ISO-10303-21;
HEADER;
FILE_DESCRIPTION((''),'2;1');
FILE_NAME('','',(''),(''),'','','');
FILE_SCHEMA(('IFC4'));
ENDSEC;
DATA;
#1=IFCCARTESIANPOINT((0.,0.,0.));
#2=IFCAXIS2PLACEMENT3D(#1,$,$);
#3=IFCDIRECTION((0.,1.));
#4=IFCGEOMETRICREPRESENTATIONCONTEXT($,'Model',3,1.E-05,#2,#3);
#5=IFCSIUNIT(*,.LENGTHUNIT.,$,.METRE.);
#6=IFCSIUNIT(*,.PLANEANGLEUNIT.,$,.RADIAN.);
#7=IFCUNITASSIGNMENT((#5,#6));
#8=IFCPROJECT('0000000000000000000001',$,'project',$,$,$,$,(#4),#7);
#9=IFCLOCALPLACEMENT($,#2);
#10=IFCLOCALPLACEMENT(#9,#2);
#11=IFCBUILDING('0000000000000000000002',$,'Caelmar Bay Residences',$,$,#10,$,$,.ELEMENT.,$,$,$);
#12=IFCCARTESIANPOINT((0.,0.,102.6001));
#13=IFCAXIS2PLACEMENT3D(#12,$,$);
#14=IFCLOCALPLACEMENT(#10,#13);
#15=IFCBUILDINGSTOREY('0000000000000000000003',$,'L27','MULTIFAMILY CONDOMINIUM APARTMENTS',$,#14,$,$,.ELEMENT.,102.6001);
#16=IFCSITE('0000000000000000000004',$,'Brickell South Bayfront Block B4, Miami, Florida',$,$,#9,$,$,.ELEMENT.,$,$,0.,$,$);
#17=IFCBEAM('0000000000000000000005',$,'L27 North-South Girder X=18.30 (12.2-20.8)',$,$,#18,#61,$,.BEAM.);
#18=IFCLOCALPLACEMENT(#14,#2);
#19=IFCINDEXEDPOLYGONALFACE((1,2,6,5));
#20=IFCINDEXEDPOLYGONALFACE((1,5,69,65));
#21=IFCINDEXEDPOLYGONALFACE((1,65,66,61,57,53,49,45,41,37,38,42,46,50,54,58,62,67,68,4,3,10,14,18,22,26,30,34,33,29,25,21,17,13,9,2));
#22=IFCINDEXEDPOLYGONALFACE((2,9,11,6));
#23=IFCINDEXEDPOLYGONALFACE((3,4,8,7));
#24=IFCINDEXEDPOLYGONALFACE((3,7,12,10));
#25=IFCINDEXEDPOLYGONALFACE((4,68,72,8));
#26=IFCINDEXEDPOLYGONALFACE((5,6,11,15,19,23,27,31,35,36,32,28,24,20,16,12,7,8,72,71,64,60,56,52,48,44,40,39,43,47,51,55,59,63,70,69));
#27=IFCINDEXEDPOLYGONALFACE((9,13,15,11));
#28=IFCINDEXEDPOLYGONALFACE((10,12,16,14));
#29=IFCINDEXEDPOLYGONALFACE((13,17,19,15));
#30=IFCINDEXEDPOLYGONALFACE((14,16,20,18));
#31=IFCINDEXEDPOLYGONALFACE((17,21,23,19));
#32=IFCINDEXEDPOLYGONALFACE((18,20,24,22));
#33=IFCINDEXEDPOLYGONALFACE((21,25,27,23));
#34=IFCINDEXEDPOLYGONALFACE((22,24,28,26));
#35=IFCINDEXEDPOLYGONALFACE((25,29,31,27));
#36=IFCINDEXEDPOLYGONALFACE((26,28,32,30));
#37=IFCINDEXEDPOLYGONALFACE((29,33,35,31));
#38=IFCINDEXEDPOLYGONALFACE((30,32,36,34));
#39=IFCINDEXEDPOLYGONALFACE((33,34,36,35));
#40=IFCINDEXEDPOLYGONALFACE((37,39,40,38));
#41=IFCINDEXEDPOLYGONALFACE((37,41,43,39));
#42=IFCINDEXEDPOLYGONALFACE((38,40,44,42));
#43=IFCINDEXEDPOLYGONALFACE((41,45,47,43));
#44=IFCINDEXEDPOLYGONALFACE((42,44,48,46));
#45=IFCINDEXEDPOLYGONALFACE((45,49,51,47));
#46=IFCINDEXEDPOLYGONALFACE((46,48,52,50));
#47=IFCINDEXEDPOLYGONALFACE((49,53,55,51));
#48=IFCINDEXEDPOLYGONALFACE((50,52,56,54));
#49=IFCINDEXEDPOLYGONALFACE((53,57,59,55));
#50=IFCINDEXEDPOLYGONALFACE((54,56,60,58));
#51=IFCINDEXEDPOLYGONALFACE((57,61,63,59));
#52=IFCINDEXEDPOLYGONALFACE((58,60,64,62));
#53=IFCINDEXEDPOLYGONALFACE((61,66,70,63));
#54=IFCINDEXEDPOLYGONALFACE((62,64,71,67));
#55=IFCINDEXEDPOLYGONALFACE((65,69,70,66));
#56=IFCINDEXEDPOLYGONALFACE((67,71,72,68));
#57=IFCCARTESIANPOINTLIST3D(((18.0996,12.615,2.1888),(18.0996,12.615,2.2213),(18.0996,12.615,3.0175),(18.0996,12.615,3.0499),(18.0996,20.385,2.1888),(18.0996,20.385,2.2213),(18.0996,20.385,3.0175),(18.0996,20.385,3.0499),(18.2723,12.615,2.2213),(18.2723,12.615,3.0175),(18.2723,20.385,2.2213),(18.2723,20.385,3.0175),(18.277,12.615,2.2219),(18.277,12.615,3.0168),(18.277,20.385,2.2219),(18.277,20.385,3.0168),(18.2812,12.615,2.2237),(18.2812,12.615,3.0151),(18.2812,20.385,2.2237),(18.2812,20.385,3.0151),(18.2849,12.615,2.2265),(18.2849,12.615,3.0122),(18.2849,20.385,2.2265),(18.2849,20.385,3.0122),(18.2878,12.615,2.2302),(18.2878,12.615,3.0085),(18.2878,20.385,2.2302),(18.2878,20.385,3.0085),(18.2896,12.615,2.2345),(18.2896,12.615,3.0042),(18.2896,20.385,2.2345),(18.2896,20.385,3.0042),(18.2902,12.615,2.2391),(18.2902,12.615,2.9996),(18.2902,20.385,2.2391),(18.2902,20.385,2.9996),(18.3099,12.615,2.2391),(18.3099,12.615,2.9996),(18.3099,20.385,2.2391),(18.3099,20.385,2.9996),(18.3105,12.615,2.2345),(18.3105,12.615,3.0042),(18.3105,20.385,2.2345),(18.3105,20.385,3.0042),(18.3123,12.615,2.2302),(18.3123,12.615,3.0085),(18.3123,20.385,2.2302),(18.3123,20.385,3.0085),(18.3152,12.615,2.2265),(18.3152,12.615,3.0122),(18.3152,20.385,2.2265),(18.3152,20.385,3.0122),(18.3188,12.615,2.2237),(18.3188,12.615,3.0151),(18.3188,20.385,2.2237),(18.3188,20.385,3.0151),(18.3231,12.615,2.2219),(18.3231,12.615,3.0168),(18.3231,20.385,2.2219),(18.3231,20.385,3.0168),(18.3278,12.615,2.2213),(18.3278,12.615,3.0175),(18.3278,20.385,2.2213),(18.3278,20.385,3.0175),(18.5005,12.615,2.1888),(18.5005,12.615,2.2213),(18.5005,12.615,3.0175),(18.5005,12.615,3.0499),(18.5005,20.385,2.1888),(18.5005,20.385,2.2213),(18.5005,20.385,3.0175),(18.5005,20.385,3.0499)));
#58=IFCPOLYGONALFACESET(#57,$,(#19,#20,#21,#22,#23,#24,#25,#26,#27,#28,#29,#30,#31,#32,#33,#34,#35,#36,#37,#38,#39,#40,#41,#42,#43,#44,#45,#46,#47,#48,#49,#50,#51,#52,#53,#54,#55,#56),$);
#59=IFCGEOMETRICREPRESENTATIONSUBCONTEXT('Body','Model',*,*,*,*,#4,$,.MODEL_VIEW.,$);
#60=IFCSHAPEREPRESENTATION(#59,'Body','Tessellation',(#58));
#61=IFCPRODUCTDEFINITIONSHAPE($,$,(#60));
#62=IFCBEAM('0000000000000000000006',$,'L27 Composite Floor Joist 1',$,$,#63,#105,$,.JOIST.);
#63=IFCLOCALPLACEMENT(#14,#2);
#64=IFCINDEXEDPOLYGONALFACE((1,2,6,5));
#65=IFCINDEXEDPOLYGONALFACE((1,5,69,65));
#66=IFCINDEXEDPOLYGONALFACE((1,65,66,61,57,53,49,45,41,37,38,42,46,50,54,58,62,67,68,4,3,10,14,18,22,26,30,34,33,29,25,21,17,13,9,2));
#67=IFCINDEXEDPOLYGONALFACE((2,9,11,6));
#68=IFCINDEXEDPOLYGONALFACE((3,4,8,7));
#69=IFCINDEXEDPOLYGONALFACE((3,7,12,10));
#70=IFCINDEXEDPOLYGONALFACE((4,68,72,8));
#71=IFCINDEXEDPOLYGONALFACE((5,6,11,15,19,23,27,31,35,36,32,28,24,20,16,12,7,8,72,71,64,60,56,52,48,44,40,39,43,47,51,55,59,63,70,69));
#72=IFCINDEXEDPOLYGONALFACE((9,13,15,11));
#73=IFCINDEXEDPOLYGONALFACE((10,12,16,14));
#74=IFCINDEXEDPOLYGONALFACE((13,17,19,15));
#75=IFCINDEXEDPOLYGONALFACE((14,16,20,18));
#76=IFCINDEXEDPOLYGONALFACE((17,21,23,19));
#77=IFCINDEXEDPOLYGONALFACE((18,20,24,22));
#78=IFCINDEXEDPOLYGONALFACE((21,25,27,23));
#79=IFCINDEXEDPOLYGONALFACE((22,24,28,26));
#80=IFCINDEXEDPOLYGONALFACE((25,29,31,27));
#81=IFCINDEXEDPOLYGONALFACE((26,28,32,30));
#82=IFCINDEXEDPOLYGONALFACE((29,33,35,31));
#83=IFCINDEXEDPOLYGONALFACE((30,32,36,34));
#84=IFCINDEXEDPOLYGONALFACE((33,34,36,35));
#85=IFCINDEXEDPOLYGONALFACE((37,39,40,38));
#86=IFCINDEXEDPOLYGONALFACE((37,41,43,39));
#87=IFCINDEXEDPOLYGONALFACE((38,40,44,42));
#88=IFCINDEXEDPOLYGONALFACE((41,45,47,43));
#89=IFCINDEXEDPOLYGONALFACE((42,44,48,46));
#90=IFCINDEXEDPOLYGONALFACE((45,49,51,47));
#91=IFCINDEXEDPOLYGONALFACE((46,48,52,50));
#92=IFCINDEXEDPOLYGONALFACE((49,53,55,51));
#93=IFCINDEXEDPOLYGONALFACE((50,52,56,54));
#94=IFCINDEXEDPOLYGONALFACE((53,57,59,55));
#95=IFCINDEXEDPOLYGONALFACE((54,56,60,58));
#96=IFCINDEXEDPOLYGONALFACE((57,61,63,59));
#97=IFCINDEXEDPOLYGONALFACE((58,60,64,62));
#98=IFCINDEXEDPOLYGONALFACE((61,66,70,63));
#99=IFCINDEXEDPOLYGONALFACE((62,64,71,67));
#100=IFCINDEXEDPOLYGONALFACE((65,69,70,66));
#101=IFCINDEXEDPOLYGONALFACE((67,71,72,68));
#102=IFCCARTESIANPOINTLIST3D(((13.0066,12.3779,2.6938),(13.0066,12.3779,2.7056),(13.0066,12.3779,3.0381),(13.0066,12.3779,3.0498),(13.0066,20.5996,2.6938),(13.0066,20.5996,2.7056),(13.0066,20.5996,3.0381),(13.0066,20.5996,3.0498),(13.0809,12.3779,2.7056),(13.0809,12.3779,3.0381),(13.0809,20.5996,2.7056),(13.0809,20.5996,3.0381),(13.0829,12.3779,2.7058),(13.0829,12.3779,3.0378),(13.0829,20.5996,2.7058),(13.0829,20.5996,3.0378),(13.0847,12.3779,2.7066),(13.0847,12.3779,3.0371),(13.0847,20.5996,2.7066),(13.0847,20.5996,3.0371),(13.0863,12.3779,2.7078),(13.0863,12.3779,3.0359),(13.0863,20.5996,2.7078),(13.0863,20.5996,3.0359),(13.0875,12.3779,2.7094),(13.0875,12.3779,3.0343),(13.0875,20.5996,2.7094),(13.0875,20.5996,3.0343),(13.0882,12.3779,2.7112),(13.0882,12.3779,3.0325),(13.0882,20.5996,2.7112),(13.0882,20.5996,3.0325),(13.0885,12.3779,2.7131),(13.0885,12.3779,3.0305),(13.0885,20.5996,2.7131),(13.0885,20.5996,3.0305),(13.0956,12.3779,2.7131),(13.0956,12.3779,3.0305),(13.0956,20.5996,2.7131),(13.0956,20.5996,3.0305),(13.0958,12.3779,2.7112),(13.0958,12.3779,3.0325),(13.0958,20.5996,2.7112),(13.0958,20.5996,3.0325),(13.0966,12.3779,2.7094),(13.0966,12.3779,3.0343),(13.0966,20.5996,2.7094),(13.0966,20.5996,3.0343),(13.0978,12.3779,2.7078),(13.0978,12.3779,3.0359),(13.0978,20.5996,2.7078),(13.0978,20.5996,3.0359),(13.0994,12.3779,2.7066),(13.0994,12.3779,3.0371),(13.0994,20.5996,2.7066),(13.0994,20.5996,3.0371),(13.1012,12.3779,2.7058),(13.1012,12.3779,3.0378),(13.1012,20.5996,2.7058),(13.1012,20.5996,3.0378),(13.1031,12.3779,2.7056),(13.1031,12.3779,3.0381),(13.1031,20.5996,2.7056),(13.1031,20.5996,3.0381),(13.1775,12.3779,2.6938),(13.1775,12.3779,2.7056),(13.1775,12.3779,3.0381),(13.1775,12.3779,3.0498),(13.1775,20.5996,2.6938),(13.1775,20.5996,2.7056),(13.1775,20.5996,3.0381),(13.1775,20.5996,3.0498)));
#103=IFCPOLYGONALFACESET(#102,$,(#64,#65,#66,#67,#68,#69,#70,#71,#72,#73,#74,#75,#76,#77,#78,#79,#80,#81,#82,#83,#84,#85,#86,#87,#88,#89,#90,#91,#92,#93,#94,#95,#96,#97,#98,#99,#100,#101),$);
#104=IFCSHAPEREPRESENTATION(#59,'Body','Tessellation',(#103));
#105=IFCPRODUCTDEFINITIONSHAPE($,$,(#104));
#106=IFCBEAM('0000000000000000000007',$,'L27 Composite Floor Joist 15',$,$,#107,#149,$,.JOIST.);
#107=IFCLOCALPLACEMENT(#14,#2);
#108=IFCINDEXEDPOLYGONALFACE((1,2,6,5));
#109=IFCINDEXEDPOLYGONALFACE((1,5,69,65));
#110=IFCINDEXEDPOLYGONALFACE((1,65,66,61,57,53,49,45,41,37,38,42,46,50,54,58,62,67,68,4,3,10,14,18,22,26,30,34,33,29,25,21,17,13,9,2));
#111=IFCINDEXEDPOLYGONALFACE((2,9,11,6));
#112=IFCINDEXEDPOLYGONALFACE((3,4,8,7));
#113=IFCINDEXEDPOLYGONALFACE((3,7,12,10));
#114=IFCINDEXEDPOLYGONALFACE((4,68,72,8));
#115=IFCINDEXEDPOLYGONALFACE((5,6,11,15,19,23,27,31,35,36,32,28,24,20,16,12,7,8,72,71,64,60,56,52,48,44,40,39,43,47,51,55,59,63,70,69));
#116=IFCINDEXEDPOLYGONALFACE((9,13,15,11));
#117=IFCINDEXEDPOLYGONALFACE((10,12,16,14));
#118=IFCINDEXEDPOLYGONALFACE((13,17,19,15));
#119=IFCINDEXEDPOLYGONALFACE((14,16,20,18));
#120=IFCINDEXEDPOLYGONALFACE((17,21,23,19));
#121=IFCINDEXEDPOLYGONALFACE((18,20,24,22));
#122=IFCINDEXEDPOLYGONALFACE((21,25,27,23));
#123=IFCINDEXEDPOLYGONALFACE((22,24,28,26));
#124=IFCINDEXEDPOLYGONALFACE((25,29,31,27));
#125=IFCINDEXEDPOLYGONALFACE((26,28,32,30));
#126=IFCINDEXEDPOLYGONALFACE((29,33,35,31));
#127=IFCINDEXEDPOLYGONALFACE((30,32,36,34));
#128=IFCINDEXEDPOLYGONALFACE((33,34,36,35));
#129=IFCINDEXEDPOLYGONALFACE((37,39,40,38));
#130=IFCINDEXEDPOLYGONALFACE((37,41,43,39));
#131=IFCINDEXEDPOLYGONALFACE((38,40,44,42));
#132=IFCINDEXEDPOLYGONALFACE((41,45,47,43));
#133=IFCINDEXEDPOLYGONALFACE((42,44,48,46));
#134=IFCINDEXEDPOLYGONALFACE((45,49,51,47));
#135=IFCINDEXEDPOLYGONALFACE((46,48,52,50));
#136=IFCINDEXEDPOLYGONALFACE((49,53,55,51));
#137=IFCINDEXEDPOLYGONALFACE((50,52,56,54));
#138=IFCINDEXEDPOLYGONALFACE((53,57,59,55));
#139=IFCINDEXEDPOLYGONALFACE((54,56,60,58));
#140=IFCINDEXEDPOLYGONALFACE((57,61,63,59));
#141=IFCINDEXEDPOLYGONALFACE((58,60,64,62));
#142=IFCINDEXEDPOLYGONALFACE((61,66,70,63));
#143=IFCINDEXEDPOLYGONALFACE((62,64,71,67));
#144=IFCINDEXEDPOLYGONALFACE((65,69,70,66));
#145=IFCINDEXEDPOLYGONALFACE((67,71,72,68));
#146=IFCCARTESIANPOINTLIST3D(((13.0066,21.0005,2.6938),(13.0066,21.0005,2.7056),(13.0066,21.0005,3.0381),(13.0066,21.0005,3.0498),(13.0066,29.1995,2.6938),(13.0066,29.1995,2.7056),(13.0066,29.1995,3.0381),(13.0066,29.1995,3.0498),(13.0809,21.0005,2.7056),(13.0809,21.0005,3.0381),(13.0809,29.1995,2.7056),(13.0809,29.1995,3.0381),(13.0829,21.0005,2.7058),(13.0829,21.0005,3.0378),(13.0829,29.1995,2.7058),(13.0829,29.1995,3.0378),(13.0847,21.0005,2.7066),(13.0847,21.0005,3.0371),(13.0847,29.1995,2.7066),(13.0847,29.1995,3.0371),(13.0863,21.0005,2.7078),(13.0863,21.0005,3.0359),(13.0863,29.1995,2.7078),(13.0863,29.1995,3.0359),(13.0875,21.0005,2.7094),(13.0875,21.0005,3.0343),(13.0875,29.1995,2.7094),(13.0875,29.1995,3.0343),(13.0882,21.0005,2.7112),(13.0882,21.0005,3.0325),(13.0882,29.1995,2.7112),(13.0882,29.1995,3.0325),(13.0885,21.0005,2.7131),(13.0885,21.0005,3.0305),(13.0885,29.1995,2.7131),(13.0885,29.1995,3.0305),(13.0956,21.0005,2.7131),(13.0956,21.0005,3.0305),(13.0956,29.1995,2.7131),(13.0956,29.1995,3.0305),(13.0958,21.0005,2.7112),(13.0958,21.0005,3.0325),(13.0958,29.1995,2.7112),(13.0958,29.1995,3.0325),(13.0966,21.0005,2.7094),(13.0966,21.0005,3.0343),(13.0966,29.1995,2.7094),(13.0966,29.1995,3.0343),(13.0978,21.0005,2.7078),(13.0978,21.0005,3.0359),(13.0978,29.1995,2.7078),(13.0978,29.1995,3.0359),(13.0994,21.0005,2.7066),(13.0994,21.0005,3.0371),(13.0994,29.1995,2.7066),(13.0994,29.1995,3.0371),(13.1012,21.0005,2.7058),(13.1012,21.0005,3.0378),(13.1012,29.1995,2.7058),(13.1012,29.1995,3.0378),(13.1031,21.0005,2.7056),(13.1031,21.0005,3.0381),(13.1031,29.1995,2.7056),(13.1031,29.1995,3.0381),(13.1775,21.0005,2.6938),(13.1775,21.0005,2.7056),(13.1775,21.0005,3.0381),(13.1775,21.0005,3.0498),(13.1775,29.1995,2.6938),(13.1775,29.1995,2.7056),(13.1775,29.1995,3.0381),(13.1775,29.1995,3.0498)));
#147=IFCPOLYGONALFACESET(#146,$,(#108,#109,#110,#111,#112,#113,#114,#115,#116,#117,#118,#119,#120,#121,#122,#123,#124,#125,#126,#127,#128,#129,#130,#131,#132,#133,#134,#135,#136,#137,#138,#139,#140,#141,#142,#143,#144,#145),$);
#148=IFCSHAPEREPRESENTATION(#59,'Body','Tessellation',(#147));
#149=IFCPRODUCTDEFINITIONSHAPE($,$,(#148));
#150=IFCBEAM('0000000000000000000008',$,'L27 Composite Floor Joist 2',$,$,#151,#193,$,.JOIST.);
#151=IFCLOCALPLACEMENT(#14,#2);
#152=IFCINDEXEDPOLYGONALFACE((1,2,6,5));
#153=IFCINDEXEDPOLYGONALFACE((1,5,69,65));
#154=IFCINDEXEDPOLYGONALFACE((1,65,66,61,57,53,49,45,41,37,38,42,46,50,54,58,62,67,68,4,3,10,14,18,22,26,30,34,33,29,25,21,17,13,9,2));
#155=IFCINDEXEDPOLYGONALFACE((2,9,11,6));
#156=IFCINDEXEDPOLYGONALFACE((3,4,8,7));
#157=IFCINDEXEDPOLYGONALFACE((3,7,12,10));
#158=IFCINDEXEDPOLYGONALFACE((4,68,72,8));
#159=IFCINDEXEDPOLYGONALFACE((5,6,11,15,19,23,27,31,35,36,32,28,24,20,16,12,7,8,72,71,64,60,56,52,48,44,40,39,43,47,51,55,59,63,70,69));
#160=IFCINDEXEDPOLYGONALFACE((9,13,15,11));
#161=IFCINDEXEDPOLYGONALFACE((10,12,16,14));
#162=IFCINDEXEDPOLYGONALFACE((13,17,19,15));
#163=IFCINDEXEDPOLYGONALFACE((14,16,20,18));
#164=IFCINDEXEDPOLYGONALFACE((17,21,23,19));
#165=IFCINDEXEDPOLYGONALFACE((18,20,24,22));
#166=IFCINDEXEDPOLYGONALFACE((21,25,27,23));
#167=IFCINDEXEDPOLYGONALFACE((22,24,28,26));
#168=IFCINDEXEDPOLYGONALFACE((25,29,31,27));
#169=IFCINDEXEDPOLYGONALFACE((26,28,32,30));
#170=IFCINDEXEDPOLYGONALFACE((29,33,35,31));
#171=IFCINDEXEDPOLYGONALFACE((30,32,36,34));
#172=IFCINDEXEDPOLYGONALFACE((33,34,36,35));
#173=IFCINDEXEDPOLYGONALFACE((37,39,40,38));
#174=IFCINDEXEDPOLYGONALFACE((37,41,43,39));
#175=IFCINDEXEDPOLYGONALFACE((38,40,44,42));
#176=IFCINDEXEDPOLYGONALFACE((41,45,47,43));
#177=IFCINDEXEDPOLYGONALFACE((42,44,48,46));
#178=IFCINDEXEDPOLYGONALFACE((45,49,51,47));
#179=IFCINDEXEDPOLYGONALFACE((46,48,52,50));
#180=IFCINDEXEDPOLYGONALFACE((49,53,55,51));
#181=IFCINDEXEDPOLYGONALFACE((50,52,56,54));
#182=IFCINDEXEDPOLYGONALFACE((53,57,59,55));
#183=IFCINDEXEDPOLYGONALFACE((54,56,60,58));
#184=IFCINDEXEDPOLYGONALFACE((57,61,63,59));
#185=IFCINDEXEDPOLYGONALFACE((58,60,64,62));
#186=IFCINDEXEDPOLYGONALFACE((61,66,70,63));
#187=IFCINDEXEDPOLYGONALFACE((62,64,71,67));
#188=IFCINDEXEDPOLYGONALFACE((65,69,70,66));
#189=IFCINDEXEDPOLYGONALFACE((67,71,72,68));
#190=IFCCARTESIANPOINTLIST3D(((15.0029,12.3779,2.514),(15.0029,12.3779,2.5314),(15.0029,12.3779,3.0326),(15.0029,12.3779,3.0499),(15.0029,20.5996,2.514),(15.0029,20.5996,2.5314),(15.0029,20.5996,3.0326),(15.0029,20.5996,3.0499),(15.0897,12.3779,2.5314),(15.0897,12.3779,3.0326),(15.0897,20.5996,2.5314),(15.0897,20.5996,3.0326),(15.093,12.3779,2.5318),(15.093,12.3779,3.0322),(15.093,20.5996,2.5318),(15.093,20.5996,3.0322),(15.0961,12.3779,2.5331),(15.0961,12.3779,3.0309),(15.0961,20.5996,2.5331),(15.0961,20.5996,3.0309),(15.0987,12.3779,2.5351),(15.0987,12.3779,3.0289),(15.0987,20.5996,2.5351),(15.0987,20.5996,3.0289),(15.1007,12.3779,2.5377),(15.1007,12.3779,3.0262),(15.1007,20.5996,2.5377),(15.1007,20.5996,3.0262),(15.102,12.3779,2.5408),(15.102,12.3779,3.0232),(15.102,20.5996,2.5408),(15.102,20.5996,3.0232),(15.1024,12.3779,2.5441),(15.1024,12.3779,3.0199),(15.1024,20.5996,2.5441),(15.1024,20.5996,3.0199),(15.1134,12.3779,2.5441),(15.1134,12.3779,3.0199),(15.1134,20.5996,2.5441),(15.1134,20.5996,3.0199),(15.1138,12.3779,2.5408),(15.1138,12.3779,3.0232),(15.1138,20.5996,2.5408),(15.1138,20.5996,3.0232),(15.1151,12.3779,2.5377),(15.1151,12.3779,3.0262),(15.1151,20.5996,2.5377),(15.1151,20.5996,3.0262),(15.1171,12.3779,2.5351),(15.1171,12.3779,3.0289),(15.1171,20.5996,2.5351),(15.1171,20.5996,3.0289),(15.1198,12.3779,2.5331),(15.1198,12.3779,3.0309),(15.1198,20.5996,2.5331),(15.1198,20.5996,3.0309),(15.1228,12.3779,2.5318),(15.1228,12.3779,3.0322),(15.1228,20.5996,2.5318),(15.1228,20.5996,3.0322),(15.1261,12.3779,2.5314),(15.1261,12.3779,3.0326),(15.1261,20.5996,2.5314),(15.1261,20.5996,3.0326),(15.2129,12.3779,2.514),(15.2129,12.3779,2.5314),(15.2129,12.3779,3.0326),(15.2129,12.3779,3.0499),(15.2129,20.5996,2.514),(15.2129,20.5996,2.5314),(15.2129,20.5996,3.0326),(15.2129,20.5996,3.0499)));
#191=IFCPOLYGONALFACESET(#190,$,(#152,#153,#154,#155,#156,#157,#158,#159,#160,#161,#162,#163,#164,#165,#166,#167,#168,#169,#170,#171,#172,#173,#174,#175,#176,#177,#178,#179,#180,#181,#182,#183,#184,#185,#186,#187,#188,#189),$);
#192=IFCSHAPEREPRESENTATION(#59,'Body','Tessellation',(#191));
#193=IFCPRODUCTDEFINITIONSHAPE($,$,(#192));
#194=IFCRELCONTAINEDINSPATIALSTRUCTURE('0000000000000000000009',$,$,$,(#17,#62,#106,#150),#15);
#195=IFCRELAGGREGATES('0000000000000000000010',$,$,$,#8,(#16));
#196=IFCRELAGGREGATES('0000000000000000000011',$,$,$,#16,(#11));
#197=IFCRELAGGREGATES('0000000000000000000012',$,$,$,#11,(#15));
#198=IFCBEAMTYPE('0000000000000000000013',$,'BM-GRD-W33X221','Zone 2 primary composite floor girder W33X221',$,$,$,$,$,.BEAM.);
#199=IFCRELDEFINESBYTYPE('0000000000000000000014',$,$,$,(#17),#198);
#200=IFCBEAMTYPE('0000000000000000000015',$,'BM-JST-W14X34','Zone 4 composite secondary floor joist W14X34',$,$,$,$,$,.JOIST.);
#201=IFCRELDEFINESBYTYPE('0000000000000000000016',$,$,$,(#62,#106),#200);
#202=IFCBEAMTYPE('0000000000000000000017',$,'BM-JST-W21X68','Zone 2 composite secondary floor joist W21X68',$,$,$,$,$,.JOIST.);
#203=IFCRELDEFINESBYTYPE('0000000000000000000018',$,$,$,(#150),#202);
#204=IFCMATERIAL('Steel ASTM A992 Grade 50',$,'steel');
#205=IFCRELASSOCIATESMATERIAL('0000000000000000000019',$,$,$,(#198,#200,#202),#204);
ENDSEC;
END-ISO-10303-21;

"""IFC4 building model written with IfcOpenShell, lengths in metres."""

from ifc_helpers import new_model, si_unit, direction, frame, origin, origin_2d, place, context, subcontext, project, spatial, i_section, extrude, material, material_profile, profile_set, type_object, element, save


model = new_model("IFC4")

# Units and contexts
model_context = context("Model", 3, precision=1e-05, world=origin(), true_north=direction((0.0, 1.0)))
body_context = subcontext(model_context, "Body", "Model", "MODEL_VIEW")
ifc_project = project(units=[si_unit("LENGTHUNIT", "METRE"), si_unit("PLANEANGLEUNIT", "RADIAN")], contexts=[model_context])

# Site, building, storey
site_placement = place(None, origin())
site = spatial("IfcSite", under=ifc_project, at=site_placement, Name="Brickell South Bayfront Block B4, Miami, Florida", CompositionType="ELEMENT", RefElevation=0.0)
building_placement = place(site_placement, origin())
building = spatial("IfcBuilding", under=site, at=building_placement, Name="Caelmar Bay Residences", CompositionType="ELEMENT")
storey_placement = place(building_placement, frame((0.0, 0.0, 102.6001)))
storey = spatial("IfcBuildingStorey", under=building, at=storey_placement, Name="L27", Description="MULTIFAMILY CONDOMINIUM APARTMENTS", CompositionType="ELEMENT", Elevation=102.6001)

# Beams
ifc_material_1 = material(Name="Steel ASTM A992 Grade 50", Category="steel")
ifc_material_profile_1 = material_profile(ifc_material_1, i_section(OverallWidth=0.4009, OverallDepth=0.8611, WebThickness=0.0198, FlangeThickness=0.0325, FilletRadius=0.0178, at=origin_2d()), Name="W33X221")
ifc_profile_set_1 = profile_set([ifc_material_profile_1], Name="Steel ASTM A992 Grade 50")
beam_type_1 = type_object("IfcBeamType", Name="BM-GRD-W33X221", Description="Zone 2 primary composite floor girder W33X221", PredefinedType="BEAM", material=ifc_profile_set_1)
for number, where, z_axis, x_axis, name in (
    (1, (18.3, 12.615, 2.6194), (0.0, 1.0, 0.0), (-1.0, 0.0, 0.0), "L27 North-South Girder X=18.30 (12.2-20.8)"),
):
    element("IfcBeam", number, at=place(storey_placement, frame(where, z_axis=z_axis, x_axis=x_axis)), inside=storey, type_object=beam_type_1, Name=name, PredefinedType="BEAM", context=body_context, shape_type="SweptSolid", body=[
        extrude(i_section(OverallWidth=0.4009, OverallDepth=0.8611, WebThickness=0.0198, FlangeThickness=0.0325, FilletRadius=0.0178, at=origin_2d()), origin(), (0.0, 0.0, 1.0), 7.77),
    ])
ifc_material_profile_2 = material_profile(ifc_material_1, i_section(OverallWidth=0.1709, OverallDepth=0.356, WebThickness=0.0071, FlangeThickness=0.0117, FilletRadius=0.0076, at=origin_2d()), Name="W14X34")
ifc_profile_set_2 = profile_set([ifc_material_profile_2], Name="Steel ASTM A992 Grade 50")
beam_type_2 = type_object("IfcBeamType", Name="BM-JST-W14X34", Description="Zone 4 composite secondary floor joist W14X34", PredefinedType="JOIST", material=ifc_profile_set_2)
beam_1_placement = place(storey_placement, frame((13.092, 12.3779, 2.8718), z_axis=(0.0, 1.0, 0.0), x_axis=(-1.0, 0.0, 0.0)))
element("IfcBeam", 2, at=beam_1_placement, inside=storey, type_object=beam_type_2, Name="L27 Composite Floor Joist 1", PredefinedType="JOIST", context=body_context, shape_type="SweptSolid", body=[
    extrude(i_section(OverallWidth=0.1709, OverallDepth=0.356, WebThickness=0.0071, FlangeThickness=0.0117, FilletRadius=0.0076, at=origin_2d()), origin(), (0.0, 0.0, 1.0), 8.2217),
])
beam_2_placement = place(storey_placement, frame((13.092, 21.0005, 2.8718), z_axis=(0.0, 1.0, 0.0), x_axis=(-1.0, 0.0, 0.0)))
element("IfcBeam", 3, at=beam_2_placement, inside=storey, type_object=beam_type_2, Name="L27 Composite Floor Joist 15", PredefinedType="JOIST", context=body_context, shape_type="SweptSolid", body=[
    extrude(i_section(OverallWidth=0.1709, OverallDepth=0.356, WebThickness=0.0071, FlangeThickness=0.0117, FilletRadius=0.0076, at=origin_2d()), origin(), (0.0, 0.0, 1.0), 8.199),
])
ifc_material_profile_3 = material_profile(ifc_material_1, i_section(OverallWidth=0.21, OverallDepth=0.5359, WebThickness=0.011, FlangeThickness=0.0173, FilletRadius=0.0127, at=origin_2d()), Name="W21X68")
ifc_profile_set_3 = profile_set([ifc_material_profile_3], Name="Steel ASTM A992 Grade 50")
beam_type_3 = type_object("IfcBeamType", Name="BM-JST-W21X68", Description="Zone 2 composite secondary floor joist W21X68", PredefinedType="JOIST", material=ifc_profile_set_3)
beam_3_placement = place(storey_placement, frame((15.1079, 12.3779, 2.782), z_axis=(0.0, 1.0, 0.0), x_axis=(-1.0, 0.0, 0.0)))
element("IfcBeam", 4, at=beam_3_placement, inside=storey, type_object=beam_type_3, Name="L27 Composite Floor Joist 2", PredefinedType="JOIST", context=body_context, shape_type="SweptSolid", body=[
    extrude(i_section(OverallWidth=0.21, OverallDepth=0.5359, WebThickness=0.011, FlangeThickness=0.0173, FilletRadius=0.0127, at=origin_2d()), origin(), (0.0, 0.0, 1.0), 8.2217),
])

save(model, "model.ifc")
